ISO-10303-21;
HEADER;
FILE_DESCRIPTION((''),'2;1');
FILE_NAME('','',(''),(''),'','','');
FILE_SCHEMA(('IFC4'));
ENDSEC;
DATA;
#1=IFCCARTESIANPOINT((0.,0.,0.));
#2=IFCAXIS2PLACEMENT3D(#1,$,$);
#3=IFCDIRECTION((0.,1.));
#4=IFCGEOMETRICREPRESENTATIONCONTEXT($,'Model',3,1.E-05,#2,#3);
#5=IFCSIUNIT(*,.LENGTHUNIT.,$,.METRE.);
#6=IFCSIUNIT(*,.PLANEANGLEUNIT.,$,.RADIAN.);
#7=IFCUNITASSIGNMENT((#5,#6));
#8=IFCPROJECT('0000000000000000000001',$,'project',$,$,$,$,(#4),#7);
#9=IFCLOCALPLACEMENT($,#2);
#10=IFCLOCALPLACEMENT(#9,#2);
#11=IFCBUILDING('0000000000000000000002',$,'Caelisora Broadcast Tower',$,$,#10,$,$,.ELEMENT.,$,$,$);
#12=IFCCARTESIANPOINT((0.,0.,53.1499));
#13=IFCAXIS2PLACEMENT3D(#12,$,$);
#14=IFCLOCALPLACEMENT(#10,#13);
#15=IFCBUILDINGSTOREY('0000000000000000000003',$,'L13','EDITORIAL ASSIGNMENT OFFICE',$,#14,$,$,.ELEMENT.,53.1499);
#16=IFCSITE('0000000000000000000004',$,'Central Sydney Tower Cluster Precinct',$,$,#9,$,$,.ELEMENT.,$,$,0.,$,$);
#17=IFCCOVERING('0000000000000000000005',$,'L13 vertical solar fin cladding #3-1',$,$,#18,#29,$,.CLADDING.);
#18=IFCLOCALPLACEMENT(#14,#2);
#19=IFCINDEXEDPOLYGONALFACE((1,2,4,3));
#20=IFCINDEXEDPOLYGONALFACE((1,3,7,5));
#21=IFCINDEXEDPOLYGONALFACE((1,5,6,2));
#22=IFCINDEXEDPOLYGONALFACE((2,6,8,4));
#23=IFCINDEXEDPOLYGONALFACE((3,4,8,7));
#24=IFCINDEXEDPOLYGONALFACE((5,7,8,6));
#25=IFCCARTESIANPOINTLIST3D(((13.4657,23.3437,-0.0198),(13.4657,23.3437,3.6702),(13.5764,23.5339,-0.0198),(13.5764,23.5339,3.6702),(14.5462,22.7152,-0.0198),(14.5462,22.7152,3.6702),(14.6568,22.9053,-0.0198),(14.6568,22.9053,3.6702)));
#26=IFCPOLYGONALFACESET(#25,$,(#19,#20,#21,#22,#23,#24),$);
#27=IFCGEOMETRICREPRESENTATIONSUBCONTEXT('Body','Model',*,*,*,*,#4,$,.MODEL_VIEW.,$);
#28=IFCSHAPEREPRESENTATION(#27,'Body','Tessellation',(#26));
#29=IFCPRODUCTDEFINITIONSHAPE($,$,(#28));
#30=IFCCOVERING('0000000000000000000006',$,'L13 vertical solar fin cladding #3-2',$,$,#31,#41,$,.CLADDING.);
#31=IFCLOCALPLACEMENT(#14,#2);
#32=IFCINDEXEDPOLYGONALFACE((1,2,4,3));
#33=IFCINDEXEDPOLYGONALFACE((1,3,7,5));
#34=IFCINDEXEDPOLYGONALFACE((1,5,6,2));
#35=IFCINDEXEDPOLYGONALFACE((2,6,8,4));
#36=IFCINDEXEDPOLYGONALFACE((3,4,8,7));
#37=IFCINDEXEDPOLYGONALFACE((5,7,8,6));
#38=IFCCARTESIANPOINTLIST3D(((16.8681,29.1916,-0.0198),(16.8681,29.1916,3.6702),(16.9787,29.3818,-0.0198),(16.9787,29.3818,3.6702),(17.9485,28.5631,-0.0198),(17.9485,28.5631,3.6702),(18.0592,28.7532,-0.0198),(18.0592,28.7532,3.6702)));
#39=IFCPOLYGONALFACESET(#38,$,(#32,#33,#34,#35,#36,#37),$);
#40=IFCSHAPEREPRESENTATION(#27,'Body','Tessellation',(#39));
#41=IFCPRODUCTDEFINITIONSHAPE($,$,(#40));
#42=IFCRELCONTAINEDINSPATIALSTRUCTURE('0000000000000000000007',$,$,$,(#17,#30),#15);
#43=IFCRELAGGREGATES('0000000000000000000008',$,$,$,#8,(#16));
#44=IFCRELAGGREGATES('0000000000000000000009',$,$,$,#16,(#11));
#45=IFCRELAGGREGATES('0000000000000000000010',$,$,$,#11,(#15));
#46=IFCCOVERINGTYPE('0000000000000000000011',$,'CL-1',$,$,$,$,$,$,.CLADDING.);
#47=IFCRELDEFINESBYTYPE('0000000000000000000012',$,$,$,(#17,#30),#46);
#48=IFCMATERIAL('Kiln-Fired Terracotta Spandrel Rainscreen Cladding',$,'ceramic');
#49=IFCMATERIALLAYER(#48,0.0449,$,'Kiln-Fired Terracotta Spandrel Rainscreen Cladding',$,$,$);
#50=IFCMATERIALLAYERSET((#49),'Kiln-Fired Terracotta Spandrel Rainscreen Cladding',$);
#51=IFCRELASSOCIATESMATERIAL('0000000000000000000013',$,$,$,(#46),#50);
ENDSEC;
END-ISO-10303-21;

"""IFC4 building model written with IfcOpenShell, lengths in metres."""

from ifc_helpers import new_model, si_unit, direction, frame, origin, origin_2d, place, context, subcontext, project, spatial, rectangle, extrude, source, transform, mapped, material, layer, layer_set, type_object, type_shapes, element, save


model = new_model("IFC4")

# Units and contexts
model_context = context("Model", 3, precision=1e-05, world=origin(), true_north=direction((0.0, 1.0)))
body_context = subcontext(model_context, "Body", "Model", "MODEL_VIEW")
ifc_project = project(units=[si_unit("LENGTHUNIT", "METRE"), si_unit("PLANEANGLEUNIT", "RADIAN")], contexts=[model_context])

# Site, building, storey
site_placement = place(None, origin())
site = spatial("IfcSite", under=ifc_project, at=site_placement, Name="Central Sydney Tower Cluster Precinct", CompositionType="ELEMENT", RefElevation=0.0)
building_placement = place(site_placement, origin())
building = spatial("IfcBuilding", under=site, at=building_placement, Name="Caelisora Broadcast Tower", CompositionType="ELEMENT")
storey_placement = place(building_placement, frame((0.0, 0.0, 53.1499)))
storey = spatial("IfcBuildingStorey", under=building, at=storey_placement, Name="L13", Description="EDITORIAL ASSIGNMENT OFFICE", CompositionType="ELEMENT", Elevation=53.1499)

# Coverings
ifc_material_1 = material(Name="Kiln-Fired Terracotta Spandrel Rainscreen Cladding", Category="ceramic")
ifc_layer_1 = layer(ifc_material_1, 0.0449, Name="Kiln-Fired Terracotta Spandrel Rainscreen Cladding")
ifc_layer_set_1 = layer_set([ifc_layer_1], Name="Kiln-Fired Terracotta Spandrel Rainscreen Cladding")
covering_type = type_object("IfcCoveringType", Name="CL-1", PredefinedType="CLADDING", material=ifc_layer_set_1)
shared_shape_1 = source(origin(), body_context, "Body", "SweptSolid", [
    extrude(rectangle(XDim=0.22, YDim=1.25, at=origin_2d()), origin(), (0.0, 0.0, 1.0), 3.6899),
])
type_shapes(covering_type, [shared_shape_1])
for number, where, z_axis, x_axis, name in (
    (1, (14.0613, 23.1245, -0.0198), (0.0, 0.0, 1.0), (0.502869, 0.864363, 0.0), "L13 vertical solar fin cladding #3-1"),
    (2, (17.4636, 28.9724, -0.0198), (0.0, 0.0, 1.0), (0.502869, 0.864363, 0.0), "L13 vertical solar fin cladding #3-2"),
):
    element("IfcCovering", number, at=place(storey_placement, frame(where, z_axis=z_axis, x_axis=x_axis)), inside=storey, type_object=covering_type, Name=name, PredefinedType="CLADDING", context=body_context, shape_type="MappedRepresentation", body=[
        mapped(shared_shape_1, transform((0.0, 0.0, 0.0), scale=1.0)),
    ])

save(model, "model.ifc")
